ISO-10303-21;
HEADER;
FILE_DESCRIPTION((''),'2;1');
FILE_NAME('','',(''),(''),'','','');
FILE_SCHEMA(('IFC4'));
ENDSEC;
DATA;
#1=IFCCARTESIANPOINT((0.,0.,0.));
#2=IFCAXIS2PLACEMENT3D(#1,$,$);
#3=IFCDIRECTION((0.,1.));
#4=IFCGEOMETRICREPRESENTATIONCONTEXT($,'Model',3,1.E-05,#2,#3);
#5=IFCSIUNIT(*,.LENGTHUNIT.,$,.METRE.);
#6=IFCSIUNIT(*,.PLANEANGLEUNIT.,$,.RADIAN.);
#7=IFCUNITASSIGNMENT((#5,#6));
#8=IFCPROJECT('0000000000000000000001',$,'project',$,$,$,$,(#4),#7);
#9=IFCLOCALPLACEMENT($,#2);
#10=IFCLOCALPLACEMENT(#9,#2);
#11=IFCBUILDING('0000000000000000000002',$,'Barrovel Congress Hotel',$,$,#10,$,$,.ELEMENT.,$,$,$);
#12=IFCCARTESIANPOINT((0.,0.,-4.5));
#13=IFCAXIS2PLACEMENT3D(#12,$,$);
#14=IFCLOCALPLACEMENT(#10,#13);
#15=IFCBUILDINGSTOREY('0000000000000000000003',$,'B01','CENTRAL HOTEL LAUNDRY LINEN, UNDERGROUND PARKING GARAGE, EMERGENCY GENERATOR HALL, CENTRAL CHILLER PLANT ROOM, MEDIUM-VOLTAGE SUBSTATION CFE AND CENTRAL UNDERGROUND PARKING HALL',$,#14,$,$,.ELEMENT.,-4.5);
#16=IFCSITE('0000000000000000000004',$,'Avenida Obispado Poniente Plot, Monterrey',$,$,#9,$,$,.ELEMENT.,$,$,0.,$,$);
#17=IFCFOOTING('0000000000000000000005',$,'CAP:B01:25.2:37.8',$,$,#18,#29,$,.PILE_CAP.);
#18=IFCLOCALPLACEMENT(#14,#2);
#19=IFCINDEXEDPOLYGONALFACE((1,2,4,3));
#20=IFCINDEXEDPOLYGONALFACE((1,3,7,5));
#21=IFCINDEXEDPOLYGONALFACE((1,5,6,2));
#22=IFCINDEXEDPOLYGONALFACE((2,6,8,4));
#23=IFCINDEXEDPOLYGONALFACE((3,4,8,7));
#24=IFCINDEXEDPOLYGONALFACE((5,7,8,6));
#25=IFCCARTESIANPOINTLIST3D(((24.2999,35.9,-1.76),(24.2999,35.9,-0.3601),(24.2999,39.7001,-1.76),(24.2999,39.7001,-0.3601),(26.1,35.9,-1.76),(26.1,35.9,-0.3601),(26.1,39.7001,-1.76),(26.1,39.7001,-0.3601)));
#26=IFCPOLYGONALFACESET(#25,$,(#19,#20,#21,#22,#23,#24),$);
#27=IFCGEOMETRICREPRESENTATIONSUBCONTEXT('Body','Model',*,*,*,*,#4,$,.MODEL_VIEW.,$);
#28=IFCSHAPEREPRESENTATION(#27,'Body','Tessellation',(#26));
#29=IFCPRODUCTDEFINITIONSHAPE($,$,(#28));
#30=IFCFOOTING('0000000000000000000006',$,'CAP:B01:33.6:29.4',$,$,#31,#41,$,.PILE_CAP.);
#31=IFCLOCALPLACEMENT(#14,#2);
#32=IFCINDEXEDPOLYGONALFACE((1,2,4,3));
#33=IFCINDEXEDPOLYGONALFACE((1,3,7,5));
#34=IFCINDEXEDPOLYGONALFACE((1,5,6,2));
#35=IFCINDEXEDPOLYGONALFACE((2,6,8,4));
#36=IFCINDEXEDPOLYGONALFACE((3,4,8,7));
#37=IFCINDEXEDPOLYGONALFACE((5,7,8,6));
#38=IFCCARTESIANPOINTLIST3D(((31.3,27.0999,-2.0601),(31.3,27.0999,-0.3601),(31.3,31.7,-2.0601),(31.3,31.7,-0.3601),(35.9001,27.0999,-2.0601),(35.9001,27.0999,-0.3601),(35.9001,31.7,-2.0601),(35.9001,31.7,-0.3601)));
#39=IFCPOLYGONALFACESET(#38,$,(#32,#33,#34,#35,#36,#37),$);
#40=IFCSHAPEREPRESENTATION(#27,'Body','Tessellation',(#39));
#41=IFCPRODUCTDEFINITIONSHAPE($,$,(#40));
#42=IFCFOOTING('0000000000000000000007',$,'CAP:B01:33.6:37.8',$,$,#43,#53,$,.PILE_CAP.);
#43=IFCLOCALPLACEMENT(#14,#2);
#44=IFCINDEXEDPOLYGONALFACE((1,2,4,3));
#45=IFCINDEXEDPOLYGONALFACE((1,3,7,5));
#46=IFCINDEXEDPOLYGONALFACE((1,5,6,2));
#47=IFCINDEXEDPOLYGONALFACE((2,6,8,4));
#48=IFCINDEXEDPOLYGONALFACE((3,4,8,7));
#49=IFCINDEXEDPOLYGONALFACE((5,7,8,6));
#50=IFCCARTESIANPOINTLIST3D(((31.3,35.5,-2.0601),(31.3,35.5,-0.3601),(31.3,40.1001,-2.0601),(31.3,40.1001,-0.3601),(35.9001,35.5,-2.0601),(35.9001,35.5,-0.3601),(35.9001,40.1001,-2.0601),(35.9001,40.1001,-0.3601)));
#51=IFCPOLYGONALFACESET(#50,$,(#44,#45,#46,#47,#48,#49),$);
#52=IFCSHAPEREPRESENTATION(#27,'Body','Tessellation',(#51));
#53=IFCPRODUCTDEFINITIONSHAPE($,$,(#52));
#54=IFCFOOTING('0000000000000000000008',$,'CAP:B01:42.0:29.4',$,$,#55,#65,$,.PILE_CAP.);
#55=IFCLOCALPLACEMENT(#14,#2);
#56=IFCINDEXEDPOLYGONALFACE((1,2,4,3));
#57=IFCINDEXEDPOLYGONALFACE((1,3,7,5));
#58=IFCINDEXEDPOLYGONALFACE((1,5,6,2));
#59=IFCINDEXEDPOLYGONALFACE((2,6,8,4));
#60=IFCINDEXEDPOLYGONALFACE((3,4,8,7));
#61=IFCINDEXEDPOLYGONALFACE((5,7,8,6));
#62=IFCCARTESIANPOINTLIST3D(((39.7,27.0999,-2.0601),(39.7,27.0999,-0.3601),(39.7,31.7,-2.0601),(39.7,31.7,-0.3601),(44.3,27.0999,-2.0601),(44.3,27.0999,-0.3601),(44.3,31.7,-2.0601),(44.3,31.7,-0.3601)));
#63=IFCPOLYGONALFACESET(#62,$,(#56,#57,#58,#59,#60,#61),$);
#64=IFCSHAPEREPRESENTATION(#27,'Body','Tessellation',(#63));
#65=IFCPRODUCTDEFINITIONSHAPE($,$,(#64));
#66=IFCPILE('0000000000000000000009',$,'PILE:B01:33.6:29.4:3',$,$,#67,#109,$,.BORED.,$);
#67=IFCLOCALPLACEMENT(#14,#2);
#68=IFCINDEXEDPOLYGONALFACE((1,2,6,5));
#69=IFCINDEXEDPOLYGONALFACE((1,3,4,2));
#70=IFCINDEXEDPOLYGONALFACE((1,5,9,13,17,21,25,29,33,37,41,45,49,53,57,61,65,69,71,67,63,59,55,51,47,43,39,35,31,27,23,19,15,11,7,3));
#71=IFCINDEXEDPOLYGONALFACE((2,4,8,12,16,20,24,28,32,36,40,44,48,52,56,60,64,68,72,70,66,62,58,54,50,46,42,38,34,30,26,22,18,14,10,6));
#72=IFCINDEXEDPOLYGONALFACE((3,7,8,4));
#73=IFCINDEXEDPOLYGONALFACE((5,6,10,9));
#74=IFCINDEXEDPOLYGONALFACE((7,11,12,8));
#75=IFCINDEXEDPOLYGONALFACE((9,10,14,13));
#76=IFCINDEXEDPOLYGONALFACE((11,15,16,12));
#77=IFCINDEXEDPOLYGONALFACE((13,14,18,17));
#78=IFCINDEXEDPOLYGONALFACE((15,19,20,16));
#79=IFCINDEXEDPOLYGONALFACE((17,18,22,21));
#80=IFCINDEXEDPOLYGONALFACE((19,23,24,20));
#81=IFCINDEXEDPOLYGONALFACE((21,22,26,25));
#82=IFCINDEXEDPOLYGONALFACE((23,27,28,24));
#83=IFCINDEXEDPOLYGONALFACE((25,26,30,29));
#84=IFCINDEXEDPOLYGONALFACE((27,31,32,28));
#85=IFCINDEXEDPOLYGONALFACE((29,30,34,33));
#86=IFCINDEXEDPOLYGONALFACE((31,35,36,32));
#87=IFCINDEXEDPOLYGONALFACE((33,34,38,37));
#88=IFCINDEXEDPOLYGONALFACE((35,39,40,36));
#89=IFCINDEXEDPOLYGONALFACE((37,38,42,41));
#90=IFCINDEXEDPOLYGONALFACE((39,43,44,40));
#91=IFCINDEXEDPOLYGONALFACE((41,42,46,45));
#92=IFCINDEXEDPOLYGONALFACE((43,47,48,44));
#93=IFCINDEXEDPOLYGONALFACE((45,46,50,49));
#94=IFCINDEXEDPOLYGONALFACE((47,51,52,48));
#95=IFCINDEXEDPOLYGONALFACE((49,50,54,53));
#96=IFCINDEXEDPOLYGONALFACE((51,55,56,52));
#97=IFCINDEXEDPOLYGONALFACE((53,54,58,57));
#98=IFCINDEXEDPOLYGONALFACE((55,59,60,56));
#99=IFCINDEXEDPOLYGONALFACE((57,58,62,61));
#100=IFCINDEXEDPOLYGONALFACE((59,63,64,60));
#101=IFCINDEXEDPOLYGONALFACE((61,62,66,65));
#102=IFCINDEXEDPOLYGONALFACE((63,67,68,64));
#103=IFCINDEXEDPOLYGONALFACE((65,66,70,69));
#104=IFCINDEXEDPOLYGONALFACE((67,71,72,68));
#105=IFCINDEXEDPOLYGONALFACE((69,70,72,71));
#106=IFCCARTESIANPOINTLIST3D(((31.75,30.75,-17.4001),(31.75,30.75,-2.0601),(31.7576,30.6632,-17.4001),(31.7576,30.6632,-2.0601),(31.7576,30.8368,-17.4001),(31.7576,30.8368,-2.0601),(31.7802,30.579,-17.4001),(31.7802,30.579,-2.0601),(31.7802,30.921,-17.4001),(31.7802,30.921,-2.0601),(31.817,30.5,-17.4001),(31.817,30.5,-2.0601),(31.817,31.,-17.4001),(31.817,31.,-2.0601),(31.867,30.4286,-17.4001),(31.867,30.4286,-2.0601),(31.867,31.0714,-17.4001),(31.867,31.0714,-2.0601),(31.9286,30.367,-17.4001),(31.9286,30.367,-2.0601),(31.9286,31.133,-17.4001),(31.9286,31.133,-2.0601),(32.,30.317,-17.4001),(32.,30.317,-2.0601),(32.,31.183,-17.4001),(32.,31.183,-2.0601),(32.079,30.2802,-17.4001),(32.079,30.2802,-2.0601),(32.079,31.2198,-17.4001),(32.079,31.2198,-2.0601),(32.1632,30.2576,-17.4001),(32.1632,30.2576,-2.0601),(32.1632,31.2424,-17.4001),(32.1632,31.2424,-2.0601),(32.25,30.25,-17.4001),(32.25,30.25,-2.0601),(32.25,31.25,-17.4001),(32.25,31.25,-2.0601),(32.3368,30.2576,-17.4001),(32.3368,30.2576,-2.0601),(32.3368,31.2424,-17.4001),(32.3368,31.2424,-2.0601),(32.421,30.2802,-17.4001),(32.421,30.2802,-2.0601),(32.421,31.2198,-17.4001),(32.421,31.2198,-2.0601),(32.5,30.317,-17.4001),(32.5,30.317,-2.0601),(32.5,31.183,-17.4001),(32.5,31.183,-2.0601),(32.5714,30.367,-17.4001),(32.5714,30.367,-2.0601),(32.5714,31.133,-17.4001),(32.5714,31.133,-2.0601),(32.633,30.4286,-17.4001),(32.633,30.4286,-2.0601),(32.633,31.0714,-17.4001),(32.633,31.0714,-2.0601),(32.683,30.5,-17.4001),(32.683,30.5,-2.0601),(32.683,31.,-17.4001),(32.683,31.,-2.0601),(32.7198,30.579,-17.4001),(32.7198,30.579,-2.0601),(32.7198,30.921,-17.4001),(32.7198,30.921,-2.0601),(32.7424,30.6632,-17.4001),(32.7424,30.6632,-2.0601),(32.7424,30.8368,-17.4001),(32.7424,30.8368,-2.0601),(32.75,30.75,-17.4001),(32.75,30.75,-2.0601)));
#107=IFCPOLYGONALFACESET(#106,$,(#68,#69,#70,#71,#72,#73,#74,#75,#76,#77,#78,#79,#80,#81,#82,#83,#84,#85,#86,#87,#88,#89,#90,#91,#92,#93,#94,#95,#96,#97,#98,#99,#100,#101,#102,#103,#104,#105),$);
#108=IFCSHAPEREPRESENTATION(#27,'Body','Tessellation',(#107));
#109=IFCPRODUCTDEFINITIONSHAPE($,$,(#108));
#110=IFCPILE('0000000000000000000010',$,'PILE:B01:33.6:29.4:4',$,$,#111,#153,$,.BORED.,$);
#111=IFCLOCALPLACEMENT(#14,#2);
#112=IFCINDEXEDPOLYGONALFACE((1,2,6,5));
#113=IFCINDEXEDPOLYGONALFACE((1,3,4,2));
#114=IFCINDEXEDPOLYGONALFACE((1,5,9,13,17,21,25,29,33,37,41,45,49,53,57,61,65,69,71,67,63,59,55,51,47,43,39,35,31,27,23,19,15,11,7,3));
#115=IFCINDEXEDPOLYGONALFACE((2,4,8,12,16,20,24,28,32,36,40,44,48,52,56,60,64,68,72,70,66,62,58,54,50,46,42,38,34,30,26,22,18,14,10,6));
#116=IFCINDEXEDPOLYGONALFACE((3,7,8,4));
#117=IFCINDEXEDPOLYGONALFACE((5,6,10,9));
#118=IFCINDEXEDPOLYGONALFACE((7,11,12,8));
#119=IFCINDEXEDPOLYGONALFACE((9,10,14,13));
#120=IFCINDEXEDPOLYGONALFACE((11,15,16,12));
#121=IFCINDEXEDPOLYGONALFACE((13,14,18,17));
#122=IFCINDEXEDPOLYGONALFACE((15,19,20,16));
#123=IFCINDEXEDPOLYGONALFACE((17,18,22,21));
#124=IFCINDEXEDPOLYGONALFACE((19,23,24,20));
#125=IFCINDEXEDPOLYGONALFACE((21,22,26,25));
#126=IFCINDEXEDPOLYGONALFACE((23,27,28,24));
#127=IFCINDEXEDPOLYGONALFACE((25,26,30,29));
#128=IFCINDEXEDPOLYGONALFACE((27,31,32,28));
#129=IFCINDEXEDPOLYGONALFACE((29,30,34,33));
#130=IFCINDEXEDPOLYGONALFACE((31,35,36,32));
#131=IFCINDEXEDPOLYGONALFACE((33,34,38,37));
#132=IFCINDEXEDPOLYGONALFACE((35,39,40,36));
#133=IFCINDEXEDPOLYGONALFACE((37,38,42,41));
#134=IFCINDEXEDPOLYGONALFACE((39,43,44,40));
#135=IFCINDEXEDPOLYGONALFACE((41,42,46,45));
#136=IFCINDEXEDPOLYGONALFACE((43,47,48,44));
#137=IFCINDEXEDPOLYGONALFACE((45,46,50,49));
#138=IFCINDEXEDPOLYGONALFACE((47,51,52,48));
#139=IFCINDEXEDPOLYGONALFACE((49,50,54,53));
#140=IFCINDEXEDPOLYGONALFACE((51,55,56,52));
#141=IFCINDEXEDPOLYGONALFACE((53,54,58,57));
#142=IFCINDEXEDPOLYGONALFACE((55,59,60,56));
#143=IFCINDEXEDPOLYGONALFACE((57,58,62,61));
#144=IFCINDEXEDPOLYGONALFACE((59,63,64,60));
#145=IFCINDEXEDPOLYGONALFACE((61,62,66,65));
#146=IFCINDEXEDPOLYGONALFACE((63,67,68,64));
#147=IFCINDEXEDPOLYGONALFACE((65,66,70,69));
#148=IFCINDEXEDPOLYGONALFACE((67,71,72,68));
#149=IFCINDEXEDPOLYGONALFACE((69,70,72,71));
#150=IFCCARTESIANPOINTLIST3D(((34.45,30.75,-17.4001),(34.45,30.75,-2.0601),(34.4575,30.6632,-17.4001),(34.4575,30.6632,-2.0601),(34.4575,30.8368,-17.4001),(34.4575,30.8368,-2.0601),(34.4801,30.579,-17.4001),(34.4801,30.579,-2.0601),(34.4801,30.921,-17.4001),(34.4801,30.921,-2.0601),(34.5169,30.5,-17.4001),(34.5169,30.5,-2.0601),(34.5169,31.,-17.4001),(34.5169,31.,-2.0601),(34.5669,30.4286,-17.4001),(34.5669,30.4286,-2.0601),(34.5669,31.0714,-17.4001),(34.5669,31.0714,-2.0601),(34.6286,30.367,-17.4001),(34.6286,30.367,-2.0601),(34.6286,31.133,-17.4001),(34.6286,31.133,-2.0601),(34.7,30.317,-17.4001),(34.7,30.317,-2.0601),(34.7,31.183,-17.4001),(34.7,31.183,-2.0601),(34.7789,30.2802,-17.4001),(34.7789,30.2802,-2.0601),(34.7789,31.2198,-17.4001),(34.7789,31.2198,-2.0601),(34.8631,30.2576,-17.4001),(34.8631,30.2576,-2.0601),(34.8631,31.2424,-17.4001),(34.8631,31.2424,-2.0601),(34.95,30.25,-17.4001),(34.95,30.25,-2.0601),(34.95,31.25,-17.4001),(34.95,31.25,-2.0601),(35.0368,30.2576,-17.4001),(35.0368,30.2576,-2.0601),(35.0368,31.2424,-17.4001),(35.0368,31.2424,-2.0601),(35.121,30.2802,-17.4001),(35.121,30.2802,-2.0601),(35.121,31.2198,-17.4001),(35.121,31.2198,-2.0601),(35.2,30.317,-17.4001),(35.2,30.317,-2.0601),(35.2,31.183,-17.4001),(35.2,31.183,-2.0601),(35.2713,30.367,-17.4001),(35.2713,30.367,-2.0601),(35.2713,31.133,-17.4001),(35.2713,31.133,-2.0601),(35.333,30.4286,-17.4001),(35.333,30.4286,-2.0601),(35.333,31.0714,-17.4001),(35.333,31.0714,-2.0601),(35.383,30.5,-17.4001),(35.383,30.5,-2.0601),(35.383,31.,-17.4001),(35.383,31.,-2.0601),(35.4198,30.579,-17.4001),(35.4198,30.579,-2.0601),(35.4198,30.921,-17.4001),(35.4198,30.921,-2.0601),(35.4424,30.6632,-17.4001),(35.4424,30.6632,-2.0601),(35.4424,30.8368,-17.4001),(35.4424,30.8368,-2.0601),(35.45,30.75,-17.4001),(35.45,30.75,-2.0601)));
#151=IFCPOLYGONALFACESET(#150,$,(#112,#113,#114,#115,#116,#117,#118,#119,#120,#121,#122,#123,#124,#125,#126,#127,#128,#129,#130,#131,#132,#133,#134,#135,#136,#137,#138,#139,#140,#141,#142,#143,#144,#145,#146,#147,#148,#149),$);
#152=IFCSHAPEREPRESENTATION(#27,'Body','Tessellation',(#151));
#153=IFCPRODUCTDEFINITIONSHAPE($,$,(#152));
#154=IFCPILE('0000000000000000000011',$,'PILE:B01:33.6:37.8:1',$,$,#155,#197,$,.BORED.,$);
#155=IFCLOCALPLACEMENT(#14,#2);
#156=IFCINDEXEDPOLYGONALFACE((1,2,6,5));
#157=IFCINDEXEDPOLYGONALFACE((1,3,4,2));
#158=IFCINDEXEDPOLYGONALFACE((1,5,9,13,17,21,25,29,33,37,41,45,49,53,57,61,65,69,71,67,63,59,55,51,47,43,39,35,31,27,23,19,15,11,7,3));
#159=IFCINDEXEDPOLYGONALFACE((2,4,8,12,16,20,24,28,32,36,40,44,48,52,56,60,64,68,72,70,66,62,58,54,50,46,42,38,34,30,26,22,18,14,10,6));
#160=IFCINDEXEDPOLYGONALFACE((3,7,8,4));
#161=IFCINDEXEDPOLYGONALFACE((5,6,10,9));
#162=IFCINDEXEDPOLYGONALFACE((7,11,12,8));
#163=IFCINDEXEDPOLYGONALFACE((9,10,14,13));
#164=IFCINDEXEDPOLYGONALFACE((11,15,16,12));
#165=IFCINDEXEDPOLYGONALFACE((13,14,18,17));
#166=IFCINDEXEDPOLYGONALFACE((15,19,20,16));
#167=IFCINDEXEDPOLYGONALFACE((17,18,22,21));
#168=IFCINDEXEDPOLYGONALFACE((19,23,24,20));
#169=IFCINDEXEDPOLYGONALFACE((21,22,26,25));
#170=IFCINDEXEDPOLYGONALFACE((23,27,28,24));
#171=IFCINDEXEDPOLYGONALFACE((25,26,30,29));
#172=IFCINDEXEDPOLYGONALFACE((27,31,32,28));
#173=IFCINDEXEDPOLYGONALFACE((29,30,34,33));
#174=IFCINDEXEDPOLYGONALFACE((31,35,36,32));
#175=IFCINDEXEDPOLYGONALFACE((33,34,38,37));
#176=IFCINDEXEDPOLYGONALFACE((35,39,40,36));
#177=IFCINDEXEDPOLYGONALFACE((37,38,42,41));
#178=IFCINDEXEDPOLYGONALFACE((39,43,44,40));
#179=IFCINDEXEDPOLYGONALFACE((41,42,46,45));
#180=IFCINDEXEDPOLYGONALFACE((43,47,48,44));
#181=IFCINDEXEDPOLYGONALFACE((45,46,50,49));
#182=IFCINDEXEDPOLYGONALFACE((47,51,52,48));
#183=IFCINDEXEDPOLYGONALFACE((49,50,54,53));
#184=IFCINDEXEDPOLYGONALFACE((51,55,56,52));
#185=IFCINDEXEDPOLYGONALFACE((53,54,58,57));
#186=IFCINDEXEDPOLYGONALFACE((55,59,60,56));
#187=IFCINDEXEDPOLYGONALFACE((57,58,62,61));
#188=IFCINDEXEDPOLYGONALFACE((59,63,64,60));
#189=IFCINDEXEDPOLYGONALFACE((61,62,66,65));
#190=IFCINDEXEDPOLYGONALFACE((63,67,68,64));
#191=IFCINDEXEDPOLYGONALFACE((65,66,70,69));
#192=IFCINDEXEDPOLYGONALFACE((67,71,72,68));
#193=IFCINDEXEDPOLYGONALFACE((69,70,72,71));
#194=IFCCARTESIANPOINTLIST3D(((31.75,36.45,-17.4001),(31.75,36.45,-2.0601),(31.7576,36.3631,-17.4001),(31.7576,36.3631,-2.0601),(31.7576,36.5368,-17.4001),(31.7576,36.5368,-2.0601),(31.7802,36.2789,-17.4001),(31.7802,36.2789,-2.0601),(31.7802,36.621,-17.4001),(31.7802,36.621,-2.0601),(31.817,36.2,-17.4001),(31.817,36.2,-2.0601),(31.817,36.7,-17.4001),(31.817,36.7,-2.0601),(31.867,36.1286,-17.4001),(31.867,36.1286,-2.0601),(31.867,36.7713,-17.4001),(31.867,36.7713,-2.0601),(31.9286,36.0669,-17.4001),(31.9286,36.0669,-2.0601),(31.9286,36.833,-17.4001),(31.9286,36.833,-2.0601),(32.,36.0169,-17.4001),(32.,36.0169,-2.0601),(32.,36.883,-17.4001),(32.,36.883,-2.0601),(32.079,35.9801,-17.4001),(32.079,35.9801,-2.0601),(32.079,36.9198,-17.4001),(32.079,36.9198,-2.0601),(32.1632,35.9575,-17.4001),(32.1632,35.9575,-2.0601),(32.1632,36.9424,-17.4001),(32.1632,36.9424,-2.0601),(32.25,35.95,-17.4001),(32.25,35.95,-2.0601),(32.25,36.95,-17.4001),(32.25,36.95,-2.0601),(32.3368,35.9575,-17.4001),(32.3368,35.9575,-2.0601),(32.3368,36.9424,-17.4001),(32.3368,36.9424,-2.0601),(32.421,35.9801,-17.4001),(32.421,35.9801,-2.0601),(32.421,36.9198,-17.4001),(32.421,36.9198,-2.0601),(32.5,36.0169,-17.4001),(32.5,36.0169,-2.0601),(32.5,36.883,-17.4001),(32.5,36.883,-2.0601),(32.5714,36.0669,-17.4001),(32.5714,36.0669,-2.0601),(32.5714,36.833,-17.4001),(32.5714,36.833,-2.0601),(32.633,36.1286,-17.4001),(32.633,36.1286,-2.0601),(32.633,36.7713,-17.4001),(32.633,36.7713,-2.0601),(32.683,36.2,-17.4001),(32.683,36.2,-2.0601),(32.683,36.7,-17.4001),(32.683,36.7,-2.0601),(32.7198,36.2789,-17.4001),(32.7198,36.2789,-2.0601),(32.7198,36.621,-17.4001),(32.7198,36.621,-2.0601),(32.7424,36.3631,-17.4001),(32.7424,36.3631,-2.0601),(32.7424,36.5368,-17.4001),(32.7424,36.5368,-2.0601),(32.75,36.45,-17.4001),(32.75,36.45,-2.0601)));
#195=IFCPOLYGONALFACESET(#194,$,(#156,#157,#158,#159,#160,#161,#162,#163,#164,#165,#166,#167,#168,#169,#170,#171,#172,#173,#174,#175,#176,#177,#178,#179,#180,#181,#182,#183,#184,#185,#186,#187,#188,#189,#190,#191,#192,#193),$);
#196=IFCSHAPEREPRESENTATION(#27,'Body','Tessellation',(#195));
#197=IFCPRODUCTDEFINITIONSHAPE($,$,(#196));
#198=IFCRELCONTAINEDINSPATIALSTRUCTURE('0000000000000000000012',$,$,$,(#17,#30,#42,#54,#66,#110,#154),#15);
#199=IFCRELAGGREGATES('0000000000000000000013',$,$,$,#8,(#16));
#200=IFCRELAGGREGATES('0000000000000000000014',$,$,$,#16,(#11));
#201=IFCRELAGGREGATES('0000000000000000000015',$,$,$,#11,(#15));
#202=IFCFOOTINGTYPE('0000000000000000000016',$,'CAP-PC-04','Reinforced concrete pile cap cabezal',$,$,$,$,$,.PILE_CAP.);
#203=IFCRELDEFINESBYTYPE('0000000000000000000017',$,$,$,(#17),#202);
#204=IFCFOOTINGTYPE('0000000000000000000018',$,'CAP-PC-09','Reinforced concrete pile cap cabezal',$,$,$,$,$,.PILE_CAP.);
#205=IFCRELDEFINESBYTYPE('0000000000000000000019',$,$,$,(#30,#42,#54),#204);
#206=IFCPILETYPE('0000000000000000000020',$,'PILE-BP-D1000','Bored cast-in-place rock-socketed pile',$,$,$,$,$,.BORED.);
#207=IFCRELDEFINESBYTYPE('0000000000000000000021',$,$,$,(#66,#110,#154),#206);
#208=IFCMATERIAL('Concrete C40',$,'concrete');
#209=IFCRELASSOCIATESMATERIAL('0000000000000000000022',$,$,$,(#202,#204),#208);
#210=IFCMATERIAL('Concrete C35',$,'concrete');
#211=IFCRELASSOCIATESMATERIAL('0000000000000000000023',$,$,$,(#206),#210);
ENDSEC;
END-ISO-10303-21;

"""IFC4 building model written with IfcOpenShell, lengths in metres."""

from ifc_helpers import new_model, si_unit, direction, frame, origin, origin_2d, place, context, subcontext, project, spatial, rectangle, circle, extrude, material, material_profile, profile_set, type_object, element, save


model = new_model("IFC4")

# Units and contexts
model_context = context("Model", 3, precision=1e-05, world=origin(), true_north=direction((0.0, 1.0)))
body_context = subcontext(model_context, "Body", "Model", "MODEL_VIEW")
ifc_project = project(units=[si_unit("LENGTHUNIT", "METRE"), si_unit("PLANEANGLEUNIT", "RADIAN")], contexts=[model_context])

# Site, building, storey
site_placement = place(None, origin())
site = spatial("IfcSite", under=ifc_project, at=site_placement, Name="Avenida Obispado Poniente Plot, Monterrey", CompositionType="ELEMENT", RefElevation=0.0)
building_placement = place(site_placement, origin())
building = spatial("IfcBuilding", under=site, at=building_placement, Name="Barrovel Congress Hotel", CompositionType="ELEMENT")
storey_placement = place(building_placement, frame((0.0, 0.0, -4.5)))
storey = spatial("IfcBuildingStorey", under=building, at=storey_placement, Name="B01", Description="CENTRAL HOTEL LAUNDRY LINEN, UNDERGROUND PARKING GARAGE, EMERGENCY GENERATOR HALL, CENTRAL CHILLER PLANT ROOM, MEDIUM-VOLTAGE SUBSTATION CFE AND CENTRAL UNDERGROUND PARKING HALL", CompositionType="ELEMENT", Elevation=-4.5)

# Footings
ifc_material_1 = material(Name="Concrete C40", Category="concrete")
footing_type_1 = type_object("IfcFootingType", Name="CAP-PC-04", Description="Reinforced concrete pile cap cabezal", PredefinedType="PILE_CAP", material=ifc_material_1)
footing_placement = place(storey_placement, frame((25.2, 37.8, -1.76), z_axis=(0.0, 0.0, 1.0), x_axis=(1.0, 0.0, 0.0)))
element("IfcFooting", 1, at=footing_placement, inside=storey, type_object=footing_type_1, Name="CAP:B01:25.2:37.8", PredefinedType="PILE_CAP", context=body_context, shape_type="SweptSolid", body=[
    extrude(rectangle(XDim=1.8, YDim=3.8, at=origin_2d()), origin(), (0.0, 0.0, 1.0), 1.3999),
])
footing_type_2 = type_object("IfcFootingType", Name="CAP-PC-09", Description="Reinforced concrete pile cap cabezal", PredefinedType="PILE_CAP", material=ifc_material_1)
for number, where, z_axis, x_axis, name in (
    (2, (33.6001, 29.3999, -2.0601), (0.0, 0.0, 1.0), (1.0, 0.0, 0.0), "CAP:B01:33.6:29.4"),
    (3, (33.6001, 37.8, -2.0601), (0.0, 0.0, 1.0), (1.0, 0.0, 0.0), "CAP:B01:33.6:37.8"),
    (4, (42.0, 29.3999, -2.0601), (0.0, 0.0, 1.0), (1.0, 0.0, 0.0), "CAP:B01:42.0:29.4"),
):
    element("IfcFooting", number, at=place(storey_placement, frame(where, z_axis=z_axis, x_axis=x_axis)), inside=storey, type_object=footing_type_2, Name=name, PredefinedType="PILE_CAP", context=body_context, shape_type="SweptSolid", body=[
        extrude(rectangle(XDim=4.6001, YDim=4.6001, at=origin_2d()), origin(), (0.0, 0.0, 1.0), 1.7),
    ])

# Piles
ifc_material_2 = material(Name="Concrete C35", Category="concrete")
ifc_material_profile_1 = material_profile(ifc_material_2, circle(Radius=0.5, at=origin_2d()), Name="BP-D1000")
ifc_profile_set_1 = profile_set([ifc_material_profile_1], Name="Concrete C35")
pile_type_1 = type_object("IfcPileType", Name="PILE-BP-D1000", Description="Bored cast-in-place rock-socketed pile", PredefinedType="BORED", material=ifc_profile_set_1)
for number, where, z_axis, x_axis, name in (
    (5, (32.25, 30.75, -2.0601), (0.0, 0.0, -1.0), (1.0, 0.0, 0.0), "PILE:B01:33.6:29.4:3"),
    (6, (34.95, 30.75, -2.0601), (0.0, 0.0, -1.0), (1.0, 0.0, 0.0), "PILE:B01:33.6:29.4:4"),
    (7, (32.25, 36.45, -2.0601), (0.0, 0.0, -1.0), (1.0, 0.0, 0.0), "PILE:B01:33.6:37.8:1"),
):
    element("IfcPile", number, at=place(storey_placement, frame(where, z_axis=z_axis, x_axis=x_axis)), inside=storey, type_object=pile_type_1, Name=name, PredefinedType="BORED", context=body_context, shape_type="SweptSolid", body=[
        extrude(circle(Radius=0.5, at=origin_2d()), origin(), (0.0, 0.0, 1.0), 15.3401),
    ])

save(model, "model.ifc")
